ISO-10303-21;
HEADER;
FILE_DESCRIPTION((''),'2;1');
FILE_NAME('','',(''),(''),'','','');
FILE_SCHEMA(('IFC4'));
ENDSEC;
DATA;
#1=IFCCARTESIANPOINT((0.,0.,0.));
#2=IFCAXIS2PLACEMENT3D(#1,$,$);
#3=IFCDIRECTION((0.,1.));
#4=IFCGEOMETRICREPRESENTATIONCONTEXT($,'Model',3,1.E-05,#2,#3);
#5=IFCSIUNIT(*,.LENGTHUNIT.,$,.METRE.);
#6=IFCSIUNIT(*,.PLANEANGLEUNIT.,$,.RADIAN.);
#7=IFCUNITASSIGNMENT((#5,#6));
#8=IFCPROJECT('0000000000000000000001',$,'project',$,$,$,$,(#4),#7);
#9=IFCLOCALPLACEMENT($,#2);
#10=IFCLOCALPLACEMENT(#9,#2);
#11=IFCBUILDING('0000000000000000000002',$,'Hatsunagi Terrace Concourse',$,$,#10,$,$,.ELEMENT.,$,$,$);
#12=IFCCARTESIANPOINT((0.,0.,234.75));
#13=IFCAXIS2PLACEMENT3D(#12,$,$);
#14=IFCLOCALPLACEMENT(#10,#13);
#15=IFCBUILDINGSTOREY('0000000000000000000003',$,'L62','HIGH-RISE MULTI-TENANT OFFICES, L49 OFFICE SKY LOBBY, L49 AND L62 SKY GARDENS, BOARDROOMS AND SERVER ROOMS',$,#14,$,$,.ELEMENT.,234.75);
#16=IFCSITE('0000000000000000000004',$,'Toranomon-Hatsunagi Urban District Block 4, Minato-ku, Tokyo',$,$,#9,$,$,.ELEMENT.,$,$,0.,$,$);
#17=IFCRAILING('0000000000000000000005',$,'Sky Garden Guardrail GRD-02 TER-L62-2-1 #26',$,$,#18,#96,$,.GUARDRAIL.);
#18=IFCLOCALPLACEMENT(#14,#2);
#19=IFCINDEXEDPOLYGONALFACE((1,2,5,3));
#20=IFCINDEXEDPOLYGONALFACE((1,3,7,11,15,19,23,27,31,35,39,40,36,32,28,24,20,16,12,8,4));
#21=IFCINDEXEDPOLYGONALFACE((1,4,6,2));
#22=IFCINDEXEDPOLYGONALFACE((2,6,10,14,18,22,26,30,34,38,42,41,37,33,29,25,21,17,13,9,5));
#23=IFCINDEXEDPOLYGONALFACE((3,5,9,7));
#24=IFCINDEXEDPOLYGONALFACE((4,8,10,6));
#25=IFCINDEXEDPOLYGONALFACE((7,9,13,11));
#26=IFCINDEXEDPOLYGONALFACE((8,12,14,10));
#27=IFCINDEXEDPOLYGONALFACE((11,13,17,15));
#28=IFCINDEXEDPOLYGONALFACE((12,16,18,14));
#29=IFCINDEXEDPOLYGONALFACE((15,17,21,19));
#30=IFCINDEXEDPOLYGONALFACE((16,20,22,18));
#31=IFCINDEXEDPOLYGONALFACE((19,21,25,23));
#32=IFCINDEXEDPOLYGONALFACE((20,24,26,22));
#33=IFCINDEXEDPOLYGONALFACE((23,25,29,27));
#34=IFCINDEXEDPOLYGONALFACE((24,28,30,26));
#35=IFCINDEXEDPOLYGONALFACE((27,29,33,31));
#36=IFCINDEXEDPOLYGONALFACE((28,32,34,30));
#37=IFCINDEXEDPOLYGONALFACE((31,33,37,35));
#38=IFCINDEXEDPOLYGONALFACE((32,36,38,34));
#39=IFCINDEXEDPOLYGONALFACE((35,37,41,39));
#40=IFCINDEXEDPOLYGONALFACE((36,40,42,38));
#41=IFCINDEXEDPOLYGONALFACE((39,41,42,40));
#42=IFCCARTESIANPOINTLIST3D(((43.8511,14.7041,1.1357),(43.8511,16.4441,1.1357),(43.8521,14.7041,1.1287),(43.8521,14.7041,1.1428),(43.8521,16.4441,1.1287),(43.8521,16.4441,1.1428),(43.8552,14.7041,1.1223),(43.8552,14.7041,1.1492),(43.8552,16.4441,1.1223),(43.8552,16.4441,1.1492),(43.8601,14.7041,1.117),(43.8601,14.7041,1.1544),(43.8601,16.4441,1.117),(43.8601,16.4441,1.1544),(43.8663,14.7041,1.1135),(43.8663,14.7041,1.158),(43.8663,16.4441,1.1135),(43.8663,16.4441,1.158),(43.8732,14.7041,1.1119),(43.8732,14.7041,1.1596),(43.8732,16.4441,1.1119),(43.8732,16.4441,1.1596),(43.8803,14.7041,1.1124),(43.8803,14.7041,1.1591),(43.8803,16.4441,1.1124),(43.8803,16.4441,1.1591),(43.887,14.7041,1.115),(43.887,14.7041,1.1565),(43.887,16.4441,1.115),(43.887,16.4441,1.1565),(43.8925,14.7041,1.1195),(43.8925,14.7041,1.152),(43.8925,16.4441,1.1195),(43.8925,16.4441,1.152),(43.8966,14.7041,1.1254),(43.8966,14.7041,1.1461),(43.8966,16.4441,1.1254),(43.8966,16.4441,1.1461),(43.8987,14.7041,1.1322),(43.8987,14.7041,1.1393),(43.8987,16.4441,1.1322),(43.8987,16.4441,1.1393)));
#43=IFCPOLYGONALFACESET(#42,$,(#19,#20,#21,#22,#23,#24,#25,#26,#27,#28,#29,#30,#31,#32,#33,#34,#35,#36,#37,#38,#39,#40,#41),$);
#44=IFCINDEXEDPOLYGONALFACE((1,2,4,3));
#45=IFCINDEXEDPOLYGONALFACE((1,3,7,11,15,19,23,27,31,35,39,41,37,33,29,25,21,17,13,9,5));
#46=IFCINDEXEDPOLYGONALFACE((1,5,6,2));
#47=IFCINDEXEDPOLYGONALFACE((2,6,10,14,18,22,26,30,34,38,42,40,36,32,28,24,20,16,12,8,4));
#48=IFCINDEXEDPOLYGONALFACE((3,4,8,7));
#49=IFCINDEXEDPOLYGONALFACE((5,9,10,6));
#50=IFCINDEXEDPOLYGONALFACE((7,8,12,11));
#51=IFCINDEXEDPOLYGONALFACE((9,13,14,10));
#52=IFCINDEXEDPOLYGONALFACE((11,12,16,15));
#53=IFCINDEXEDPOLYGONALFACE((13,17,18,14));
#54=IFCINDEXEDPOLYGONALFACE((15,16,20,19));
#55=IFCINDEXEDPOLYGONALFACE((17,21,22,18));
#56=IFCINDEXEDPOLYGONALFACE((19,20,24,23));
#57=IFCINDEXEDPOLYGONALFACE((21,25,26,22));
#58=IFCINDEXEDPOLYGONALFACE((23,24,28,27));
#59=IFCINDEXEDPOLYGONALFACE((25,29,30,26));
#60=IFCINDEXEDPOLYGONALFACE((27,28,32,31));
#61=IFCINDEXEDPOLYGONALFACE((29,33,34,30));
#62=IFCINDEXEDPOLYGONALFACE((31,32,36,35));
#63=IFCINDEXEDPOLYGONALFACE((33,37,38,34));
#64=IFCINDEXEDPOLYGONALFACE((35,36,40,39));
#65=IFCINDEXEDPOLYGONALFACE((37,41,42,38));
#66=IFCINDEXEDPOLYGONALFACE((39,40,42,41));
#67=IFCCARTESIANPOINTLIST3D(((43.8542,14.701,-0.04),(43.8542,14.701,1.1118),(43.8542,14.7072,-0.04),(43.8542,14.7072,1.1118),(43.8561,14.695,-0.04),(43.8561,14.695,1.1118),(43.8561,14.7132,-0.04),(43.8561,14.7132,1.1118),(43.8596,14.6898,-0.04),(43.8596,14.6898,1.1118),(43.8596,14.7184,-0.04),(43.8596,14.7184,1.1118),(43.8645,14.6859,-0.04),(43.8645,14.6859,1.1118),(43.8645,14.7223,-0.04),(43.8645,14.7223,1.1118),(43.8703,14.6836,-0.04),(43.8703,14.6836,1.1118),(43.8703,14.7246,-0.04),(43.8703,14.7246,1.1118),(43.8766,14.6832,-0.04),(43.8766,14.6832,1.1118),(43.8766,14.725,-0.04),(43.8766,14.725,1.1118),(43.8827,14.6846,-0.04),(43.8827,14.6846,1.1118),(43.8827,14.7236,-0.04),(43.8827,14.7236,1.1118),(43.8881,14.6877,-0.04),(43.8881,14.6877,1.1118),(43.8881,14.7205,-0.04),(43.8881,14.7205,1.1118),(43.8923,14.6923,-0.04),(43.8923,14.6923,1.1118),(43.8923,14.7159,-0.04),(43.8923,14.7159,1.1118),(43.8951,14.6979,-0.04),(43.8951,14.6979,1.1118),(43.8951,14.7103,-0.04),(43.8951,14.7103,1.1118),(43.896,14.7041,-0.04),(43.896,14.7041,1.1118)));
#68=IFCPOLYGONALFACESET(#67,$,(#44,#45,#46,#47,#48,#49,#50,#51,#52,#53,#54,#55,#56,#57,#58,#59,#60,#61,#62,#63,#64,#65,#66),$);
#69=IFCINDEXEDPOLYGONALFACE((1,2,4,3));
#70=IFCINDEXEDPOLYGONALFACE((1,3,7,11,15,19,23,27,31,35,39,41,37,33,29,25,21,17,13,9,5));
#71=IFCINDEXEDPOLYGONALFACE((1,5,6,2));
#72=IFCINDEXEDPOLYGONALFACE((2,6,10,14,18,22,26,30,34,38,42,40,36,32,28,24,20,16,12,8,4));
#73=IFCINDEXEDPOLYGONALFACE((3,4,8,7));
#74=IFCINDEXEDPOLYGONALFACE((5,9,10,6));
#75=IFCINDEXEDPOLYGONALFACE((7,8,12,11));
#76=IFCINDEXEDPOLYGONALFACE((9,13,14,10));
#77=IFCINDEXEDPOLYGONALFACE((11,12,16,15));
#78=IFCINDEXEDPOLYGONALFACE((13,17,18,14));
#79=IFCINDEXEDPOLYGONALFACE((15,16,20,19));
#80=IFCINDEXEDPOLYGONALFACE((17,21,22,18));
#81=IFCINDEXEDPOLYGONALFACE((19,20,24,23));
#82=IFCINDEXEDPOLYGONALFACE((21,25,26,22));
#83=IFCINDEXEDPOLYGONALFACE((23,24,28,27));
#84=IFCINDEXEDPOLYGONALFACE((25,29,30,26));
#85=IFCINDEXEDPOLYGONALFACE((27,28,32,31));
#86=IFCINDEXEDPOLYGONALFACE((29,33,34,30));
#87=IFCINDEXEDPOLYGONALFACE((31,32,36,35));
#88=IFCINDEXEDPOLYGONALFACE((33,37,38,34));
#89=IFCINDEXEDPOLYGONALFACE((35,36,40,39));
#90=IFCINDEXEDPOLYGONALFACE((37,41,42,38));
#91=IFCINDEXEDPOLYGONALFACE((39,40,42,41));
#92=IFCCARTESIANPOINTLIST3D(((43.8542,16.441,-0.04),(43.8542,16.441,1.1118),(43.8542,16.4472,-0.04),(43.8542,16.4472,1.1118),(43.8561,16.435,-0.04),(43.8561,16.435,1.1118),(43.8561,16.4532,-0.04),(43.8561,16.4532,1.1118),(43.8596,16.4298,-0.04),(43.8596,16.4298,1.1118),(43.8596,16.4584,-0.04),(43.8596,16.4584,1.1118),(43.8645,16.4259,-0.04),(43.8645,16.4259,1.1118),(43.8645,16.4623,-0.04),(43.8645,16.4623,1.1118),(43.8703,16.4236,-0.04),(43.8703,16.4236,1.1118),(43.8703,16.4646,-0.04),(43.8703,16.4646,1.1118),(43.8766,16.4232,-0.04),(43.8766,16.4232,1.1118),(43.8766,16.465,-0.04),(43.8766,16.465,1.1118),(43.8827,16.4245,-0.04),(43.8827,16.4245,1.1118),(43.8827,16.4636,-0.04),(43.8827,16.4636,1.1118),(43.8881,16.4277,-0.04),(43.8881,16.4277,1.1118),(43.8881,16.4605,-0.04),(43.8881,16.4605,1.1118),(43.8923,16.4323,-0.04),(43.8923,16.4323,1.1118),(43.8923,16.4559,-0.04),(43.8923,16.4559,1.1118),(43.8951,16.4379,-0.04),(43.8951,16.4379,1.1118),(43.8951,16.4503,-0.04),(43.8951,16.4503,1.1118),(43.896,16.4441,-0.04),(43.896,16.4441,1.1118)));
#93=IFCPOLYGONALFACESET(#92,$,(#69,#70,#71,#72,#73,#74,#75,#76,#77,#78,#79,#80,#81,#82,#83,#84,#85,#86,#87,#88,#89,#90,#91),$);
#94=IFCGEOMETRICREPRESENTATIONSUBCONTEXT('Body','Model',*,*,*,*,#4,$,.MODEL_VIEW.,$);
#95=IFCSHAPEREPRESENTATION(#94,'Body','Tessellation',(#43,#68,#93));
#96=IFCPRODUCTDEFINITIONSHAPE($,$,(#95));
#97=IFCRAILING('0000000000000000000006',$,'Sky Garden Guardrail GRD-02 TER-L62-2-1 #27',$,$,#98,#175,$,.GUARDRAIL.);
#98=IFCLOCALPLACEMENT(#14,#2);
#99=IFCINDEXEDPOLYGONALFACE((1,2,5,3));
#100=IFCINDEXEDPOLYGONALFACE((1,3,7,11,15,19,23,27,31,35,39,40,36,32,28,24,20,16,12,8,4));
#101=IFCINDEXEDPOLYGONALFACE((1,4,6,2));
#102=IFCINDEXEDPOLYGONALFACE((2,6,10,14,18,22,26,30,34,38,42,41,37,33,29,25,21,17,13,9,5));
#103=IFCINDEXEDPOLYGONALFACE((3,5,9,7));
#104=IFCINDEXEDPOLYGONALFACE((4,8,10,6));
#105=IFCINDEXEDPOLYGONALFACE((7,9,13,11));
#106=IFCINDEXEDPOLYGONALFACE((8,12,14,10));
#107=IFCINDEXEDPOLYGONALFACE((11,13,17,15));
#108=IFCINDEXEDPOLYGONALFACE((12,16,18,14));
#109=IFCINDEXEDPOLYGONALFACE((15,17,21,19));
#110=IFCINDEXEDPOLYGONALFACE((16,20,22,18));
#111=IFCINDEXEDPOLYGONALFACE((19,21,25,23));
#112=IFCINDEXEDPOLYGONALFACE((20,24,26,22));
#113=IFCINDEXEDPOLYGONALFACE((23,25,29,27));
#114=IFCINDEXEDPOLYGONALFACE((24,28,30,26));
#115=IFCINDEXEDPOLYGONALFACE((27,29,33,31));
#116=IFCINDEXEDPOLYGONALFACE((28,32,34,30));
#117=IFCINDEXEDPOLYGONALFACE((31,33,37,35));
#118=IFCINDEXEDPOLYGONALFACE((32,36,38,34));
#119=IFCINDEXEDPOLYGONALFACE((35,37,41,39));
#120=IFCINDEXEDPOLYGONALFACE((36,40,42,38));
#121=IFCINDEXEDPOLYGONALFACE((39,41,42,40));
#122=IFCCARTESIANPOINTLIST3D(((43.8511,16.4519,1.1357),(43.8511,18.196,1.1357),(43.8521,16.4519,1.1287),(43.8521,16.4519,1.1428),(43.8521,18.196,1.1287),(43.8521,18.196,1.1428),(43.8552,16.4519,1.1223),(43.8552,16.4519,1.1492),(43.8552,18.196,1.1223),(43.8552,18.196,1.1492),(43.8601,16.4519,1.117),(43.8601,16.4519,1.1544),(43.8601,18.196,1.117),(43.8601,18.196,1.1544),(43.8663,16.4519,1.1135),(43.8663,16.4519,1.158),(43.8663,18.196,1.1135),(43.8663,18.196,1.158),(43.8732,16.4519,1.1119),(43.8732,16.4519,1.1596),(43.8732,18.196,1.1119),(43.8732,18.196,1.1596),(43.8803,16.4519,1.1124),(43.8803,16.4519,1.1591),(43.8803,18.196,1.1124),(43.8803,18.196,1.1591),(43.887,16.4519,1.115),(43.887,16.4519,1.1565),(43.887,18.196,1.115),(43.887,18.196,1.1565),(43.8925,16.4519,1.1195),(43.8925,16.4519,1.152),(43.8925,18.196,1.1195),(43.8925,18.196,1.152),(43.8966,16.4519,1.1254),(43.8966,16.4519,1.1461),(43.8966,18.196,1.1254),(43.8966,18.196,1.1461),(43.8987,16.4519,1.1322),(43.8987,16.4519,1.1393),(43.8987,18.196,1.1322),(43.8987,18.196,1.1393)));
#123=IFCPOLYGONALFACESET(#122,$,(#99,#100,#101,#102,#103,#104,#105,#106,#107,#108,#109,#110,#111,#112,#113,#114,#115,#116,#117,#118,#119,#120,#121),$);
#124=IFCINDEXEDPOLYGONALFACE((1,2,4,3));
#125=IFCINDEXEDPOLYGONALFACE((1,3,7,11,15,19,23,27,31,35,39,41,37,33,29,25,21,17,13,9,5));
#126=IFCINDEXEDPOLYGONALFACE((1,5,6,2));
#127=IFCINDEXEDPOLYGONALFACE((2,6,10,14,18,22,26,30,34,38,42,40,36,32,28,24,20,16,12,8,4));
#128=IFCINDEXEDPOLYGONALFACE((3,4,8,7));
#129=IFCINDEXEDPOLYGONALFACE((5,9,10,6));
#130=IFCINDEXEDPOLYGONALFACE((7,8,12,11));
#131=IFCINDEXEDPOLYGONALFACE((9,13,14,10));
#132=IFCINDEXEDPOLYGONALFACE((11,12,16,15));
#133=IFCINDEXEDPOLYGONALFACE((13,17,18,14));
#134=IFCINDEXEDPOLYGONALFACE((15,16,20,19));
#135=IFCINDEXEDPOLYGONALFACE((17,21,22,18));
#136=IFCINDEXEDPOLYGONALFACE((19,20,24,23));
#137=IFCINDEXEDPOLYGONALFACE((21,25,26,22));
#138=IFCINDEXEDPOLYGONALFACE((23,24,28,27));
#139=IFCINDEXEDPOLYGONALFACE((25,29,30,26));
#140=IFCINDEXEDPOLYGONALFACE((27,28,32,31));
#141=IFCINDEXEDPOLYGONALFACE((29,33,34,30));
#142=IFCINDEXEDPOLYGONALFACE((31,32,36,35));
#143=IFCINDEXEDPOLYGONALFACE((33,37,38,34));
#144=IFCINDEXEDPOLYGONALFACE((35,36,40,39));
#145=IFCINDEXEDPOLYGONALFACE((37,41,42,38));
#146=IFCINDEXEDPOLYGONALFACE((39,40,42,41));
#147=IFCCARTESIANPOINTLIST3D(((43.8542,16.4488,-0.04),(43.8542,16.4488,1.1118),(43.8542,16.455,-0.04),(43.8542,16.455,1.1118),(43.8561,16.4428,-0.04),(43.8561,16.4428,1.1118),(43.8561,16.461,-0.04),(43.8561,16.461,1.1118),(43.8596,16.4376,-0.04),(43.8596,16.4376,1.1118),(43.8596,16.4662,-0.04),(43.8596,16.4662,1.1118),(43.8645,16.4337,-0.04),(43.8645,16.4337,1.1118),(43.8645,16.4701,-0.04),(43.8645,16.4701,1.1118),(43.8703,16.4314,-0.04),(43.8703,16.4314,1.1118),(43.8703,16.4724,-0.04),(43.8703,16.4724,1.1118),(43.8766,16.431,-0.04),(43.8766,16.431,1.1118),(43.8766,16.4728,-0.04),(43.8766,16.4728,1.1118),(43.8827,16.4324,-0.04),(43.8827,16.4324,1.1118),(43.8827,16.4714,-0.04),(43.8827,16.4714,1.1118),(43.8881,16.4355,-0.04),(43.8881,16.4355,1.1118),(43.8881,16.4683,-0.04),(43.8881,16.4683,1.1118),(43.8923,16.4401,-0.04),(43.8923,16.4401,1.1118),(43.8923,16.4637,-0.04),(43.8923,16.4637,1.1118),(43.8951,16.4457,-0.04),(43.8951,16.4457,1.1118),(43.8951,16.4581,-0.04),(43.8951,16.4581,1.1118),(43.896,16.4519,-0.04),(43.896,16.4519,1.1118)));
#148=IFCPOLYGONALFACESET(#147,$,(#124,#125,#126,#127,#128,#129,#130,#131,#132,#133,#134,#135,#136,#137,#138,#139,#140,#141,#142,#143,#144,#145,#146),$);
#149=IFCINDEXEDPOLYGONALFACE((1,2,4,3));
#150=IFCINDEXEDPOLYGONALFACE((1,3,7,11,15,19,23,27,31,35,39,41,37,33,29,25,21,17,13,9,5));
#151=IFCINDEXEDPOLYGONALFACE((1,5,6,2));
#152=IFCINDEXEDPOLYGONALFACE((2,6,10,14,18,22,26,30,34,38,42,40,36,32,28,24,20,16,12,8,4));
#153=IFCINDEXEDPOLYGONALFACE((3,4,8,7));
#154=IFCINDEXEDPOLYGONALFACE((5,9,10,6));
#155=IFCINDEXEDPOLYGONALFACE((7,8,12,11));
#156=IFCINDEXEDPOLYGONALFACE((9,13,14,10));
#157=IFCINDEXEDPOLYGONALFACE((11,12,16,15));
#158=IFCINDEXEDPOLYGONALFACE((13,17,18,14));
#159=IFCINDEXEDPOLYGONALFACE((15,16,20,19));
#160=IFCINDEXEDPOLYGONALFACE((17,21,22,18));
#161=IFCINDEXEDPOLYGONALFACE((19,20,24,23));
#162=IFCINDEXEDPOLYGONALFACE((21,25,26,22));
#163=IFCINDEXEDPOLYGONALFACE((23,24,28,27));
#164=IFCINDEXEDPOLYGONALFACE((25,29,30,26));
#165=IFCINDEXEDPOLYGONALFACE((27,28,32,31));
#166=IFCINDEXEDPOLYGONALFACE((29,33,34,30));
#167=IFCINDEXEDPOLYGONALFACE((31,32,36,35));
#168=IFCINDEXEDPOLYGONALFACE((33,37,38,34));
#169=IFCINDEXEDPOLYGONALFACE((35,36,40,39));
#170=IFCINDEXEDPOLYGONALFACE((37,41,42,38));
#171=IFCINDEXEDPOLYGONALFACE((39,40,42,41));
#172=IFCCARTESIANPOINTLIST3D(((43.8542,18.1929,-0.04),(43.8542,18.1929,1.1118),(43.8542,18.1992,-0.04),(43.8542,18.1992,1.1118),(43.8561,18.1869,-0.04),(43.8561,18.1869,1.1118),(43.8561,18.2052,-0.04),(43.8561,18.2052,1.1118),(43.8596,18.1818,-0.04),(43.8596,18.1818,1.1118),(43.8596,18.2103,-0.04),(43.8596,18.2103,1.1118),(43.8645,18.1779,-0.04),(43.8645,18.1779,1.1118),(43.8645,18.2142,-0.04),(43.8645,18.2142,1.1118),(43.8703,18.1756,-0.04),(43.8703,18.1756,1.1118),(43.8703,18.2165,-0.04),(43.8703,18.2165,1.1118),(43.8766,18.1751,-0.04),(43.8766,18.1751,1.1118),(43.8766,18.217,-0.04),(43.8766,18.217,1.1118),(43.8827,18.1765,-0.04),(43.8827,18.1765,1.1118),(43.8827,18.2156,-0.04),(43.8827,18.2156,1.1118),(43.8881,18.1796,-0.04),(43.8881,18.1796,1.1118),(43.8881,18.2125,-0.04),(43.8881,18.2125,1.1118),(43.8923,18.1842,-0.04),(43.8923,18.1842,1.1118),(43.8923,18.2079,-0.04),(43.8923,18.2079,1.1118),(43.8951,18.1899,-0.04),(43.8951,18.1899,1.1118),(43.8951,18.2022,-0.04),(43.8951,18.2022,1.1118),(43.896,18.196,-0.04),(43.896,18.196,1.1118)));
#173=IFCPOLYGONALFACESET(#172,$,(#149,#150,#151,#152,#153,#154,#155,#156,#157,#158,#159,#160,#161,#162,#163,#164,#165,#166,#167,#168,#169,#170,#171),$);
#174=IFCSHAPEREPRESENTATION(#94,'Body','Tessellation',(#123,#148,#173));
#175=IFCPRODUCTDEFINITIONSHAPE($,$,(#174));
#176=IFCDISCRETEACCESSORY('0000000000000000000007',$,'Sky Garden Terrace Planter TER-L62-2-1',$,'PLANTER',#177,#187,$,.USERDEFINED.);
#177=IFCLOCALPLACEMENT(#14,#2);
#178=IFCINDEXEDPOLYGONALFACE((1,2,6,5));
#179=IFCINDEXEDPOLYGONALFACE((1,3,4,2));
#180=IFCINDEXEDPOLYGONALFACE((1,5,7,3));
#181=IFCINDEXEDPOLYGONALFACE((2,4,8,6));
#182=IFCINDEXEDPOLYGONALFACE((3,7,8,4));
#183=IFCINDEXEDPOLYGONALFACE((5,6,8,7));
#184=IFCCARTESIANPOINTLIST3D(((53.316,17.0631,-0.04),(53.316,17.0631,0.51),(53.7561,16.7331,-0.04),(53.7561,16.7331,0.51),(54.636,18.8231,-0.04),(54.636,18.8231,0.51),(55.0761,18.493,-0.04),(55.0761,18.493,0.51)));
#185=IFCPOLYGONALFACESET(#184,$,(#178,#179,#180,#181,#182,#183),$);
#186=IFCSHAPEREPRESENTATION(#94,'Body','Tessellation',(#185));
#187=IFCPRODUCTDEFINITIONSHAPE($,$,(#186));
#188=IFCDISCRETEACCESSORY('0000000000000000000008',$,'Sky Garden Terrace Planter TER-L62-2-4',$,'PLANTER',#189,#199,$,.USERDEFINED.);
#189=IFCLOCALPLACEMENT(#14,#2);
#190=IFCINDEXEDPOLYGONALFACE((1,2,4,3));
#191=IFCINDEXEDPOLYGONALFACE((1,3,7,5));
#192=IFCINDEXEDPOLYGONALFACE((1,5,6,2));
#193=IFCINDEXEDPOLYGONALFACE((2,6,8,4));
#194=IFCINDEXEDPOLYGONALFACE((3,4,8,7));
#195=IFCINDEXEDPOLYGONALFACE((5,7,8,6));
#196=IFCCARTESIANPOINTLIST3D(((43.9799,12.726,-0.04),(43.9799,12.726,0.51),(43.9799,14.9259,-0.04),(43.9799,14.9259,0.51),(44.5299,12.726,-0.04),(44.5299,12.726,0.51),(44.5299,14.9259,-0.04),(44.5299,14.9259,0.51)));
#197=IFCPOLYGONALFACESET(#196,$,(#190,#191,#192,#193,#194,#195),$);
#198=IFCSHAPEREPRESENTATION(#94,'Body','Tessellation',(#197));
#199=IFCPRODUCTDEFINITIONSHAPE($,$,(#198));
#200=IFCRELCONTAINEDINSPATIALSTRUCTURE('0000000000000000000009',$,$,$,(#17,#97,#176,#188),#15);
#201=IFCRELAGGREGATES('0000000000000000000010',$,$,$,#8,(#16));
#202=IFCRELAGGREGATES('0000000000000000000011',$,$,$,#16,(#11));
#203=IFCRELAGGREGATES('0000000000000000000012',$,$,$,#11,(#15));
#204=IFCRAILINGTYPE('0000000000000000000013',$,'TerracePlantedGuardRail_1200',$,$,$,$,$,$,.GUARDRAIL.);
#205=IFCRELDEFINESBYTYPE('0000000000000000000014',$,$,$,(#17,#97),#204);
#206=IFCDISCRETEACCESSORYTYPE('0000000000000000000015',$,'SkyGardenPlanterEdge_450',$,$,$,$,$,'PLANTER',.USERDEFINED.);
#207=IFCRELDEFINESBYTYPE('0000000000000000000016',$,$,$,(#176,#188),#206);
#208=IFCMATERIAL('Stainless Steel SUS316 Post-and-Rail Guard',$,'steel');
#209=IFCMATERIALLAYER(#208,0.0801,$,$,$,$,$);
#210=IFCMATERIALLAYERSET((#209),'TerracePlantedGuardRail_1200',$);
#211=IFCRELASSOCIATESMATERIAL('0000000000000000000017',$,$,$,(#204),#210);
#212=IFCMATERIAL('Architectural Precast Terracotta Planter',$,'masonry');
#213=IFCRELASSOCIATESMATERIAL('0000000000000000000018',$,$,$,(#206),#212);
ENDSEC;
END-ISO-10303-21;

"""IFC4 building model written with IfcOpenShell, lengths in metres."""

from ifc_helpers import new_model, si_unit, direction, frame, origin, origin_2d, place, context, subcontext, project, spatial, rectangle, circle, extrude, material, layer, layer_set, type_object, element, save


model = new_model("IFC4")

# Units and contexts
model_context = context("Model", 3, precision=1e-05, world=origin(), true_north=direction((0.0, 1.0)))
body_context = subcontext(model_context, "Body", "Model", "MODEL_VIEW")
ifc_project = project(units=[si_unit("LENGTHUNIT", "METRE"), si_unit("PLANEANGLEUNIT", "RADIAN")], contexts=[model_context])

# Site, building, storey
site_placement = place(None, origin())
site = spatial("IfcSite", under=ifc_project, at=site_placement, Name="Toranomon-Hatsunagi Urban District Block 4, Minato-ku, Tokyo", CompositionType="ELEMENT", RefElevation=0.0)
building_placement = place(site_placement, origin())
building = spatial("IfcBuilding", under=site, at=building_placement, Name="Hatsunagi Terrace Concourse", CompositionType="ELEMENT")
storey_placement = place(building_placement, frame((0.0, 0.0, 234.75)))
storey = spatial("IfcBuildingStorey", under=building, at=storey_placement, Name="L62", Description="HIGH-RISE MULTI-TENANT OFFICES, L49 OFFICE SKY LOBBY, L49 AND L62 SKY GARDENS, BOARDROOMS AND SERVER ROOMS", CompositionType="ELEMENT", Elevation=234.75)

# Railings
ifc_material_1 = material(Name="Stainless Steel SUS316 Post-and-Rail Guard", Category="steel")
ifc_layer_1 = layer(ifc_material_1, 0.0801)
ifc_layer_set_1 = layer_set([ifc_layer_1], Name="TerracePlantedGuardRail_1200")
railing_type = type_object("IfcRailingType", Name="TerracePlantedGuardRail_1200", PredefinedType="GUARDRAIL", material=ifc_layer_set_1)
for number, where, name in (
    (1, (43.875, 14.7041, -0.04), "Sky Garden Guardrail GRD-02 TER-L62-2-1 #26"),
):
    element("IfcRailing", number, at=place(storey_placement, frame(where)), inside=storey, type_object=railing_type, Name=name, PredefinedType="GUARDRAIL", context=body_context, shape_type="SweptSolid", body=[
        extrude(circle(Radius=0.0239, at=origin_2d()), frame((0.0, 0.0, 1.1758), z_axis=(0.0, 1.0, 0.0), x_axis=(-1.0, 0.0, 0.0)), (0.0, 0.0, 1.0), 1.74),
        extrude(circle(Radius=0.021, at=origin_2d()), origin(), (0.0, 0.0, 1.0), 1.1519),
        extrude(circle(Radius=0.021, at=origin_2d()), frame((0.0, 1.74, 0.0)), (0.0, 0.0, 1.0), 1.1519),
    ])
railing_1_placement = place(storey_placement, frame((43.875, 16.4519, -0.04)))
element("IfcRailing", 2, at=railing_1_placement, inside=storey, type_object=railing_type, Name="Sky Garden Guardrail GRD-02 TER-L62-2-1 #27", PredefinedType="GUARDRAIL", context=body_context, shape_type="SweptSolid", body=[
    extrude(circle(Radius=0.0239, at=origin_2d()), frame((0.0, 0.0, 1.1758), z_axis=(0.0, 1.0, 0.0), x_axis=(-1.0, 0.0, 0.0)), (0.0, 0.0, 1.0), 1.7441),
    extrude(circle(Radius=0.021, at=origin_2d()), origin(), (0.0, 0.0, 1.0), 1.1519),
    extrude(circle(Radius=0.021, at=origin_2d()), frame((0.0, 1.7441, 0.0)), (0.0, 0.0, 1.0), 1.1519),
])

# Discrete accessories
ifc_material_2 = material(Name="Architectural Precast Terracotta Planter", Category="masonry")
discrete_accessory_type = type_object("IfcDiscreteAccessoryType", Name="SkyGardenPlanterEdge_450", ElementType="PLANTER", PredefinedType="USERDEFINED", material=ifc_material_2)
for number, where, z_axis, x_axis, name in (
    (3, (54.196, 17.7781, -0.04), (0.0, 0.0, 1.0), (-0.600001, -0.799999, 0.0), "Sky Garden Terrace Planter TER-L62-2-1"),
    (4, (44.2549, 13.8259, -0.04), (0.0, 0.0, 1.0), (0.0, 1.0, 0.0), "Sky Garden Terrace Planter TER-L62-2-4"),
):
    element("IfcDiscreteAccessory", number, at=place(storey_placement, frame(where, z_axis=z_axis, x_axis=x_axis)), inside=storey, type_object=discrete_accessory_type, Name=name, ObjectType="PLANTER", PredefinedType="USERDEFINED", context=body_context, shape_type="SweptSolid", body=[
        extrude(rectangle(XDim=2.2, YDim=0.55, at=origin_2d()), origin(), (0.0, 0.0, 1.0), 0.55),
    ])

save(model, "model.ifc")
